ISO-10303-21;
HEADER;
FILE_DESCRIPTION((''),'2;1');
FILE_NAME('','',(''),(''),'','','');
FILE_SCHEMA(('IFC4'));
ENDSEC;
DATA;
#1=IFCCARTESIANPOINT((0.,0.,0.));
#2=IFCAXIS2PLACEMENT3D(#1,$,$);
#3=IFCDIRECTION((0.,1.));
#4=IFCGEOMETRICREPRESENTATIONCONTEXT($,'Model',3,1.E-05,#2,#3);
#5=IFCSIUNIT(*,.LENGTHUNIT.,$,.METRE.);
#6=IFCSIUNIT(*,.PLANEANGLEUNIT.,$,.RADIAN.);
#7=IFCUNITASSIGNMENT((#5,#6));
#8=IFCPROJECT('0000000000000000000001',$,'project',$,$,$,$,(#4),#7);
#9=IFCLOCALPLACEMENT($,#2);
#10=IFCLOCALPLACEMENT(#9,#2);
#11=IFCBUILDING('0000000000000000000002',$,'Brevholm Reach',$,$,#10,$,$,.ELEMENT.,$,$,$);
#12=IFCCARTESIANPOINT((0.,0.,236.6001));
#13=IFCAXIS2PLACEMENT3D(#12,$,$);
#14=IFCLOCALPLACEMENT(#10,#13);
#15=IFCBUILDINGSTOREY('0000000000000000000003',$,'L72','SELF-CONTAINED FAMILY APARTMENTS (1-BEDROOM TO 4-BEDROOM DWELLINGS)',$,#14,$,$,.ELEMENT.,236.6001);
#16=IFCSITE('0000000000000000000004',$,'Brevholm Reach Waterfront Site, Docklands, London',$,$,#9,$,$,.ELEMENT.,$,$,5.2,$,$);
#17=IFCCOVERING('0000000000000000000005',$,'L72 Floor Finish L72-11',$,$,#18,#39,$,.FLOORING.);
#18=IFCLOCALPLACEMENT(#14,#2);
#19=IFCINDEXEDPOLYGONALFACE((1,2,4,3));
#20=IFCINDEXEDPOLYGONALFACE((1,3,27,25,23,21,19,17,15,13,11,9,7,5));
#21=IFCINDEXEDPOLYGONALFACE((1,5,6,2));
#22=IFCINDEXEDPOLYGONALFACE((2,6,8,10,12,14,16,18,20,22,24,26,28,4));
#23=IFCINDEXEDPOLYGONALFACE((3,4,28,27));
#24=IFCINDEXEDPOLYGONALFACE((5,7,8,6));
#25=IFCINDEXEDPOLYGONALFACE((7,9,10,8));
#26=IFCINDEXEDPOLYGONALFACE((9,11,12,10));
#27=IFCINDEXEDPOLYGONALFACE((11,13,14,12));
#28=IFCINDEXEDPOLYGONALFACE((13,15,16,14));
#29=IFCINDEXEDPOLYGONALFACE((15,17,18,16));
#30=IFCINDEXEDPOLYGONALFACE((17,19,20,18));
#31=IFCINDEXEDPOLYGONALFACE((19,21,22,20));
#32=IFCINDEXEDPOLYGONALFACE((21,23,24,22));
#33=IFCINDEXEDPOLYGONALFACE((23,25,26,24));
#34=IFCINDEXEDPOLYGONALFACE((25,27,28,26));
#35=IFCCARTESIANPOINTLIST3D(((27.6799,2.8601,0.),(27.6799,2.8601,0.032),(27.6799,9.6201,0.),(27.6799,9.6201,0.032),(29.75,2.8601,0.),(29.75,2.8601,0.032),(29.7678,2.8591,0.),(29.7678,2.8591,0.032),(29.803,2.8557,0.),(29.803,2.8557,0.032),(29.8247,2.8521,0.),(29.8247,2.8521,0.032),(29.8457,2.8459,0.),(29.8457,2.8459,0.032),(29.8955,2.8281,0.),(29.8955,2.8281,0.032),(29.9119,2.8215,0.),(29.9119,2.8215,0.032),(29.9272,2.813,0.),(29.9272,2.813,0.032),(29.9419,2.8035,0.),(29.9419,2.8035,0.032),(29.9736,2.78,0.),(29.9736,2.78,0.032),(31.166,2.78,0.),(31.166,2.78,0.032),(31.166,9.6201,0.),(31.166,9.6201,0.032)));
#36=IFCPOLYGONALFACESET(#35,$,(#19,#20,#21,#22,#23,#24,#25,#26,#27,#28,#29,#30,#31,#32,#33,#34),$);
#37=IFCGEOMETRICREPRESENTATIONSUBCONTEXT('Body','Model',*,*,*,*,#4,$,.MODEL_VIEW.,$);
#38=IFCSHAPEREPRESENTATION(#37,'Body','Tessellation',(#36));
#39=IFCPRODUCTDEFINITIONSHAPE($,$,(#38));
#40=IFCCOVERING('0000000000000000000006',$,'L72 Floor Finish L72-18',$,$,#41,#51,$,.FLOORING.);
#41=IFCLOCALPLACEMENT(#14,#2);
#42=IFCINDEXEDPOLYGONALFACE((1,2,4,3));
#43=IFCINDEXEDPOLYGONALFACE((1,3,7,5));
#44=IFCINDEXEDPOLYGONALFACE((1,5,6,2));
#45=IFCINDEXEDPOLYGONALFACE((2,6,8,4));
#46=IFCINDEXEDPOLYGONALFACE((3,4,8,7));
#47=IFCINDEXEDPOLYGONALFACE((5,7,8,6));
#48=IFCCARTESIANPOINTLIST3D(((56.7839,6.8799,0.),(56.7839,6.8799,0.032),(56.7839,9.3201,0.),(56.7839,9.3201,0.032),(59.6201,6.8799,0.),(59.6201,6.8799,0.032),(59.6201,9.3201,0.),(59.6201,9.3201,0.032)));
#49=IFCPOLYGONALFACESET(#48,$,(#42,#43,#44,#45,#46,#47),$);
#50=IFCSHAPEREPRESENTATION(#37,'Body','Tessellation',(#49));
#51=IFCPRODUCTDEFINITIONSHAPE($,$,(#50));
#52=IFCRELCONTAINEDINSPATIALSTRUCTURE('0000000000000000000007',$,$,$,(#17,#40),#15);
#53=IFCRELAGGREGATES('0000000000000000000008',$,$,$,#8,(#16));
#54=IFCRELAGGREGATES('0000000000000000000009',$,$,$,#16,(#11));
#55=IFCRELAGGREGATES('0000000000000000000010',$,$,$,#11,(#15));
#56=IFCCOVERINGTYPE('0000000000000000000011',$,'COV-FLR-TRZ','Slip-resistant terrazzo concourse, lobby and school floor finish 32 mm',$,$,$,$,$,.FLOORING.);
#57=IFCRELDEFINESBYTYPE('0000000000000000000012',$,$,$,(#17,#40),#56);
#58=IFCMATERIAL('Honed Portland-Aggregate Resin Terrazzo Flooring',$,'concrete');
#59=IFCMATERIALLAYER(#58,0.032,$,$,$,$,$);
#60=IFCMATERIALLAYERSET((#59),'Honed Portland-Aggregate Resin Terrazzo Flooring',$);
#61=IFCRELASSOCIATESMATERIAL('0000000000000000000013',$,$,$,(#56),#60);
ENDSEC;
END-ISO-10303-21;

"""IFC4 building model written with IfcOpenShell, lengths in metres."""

from ifc_helpers import new_model, si_unit, direction, frame, origin, place, context, subcontext, project, spatial, polyline, outline, extrude, material, layer, layer_set, type_object, element, save


model = new_model("IFC4")

# Units and contexts
model_context = context("Model", 3, precision=1e-05, world=origin(), true_north=direction((0.0, 1.0)))
body_context = subcontext(model_context, "Body", "Model", "MODEL_VIEW")
ifc_project = project(units=[si_unit("LENGTHUNIT", "METRE"), si_unit("PLANEANGLEUNIT", "RADIAN")], contexts=[model_context])

# Site, building, storey
site_placement = place(None, origin())
site = spatial("IfcSite", under=ifc_project, at=site_placement, Name="Brevholm Reach Waterfront Site, Docklands, London", CompositionType="ELEMENT", RefElevation=5.2)
building_placement = place(site_placement, origin())
building = spatial("IfcBuilding", under=site, at=building_placement, Name="Brevholm Reach", CompositionType="ELEMENT")
storey_placement = place(building_placement, frame((0.0, 0.0, 236.6001)))
storey = spatial("IfcBuildingStorey", under=building, at=storey_placement, Name="L72", Description="SELF-CONTAINED FAMILY APARTMENTS (1-BEDROOM TO 4-BEDROOM DWELLINGS)", CompositionType="ELEMENT", Elevation=236.6001)

# Coverings
ifc_material_1 = material(Name="Honed Portland-Aggregate Resin Terrazzo Flooring", Category="concrete")
ifc_layer_1 = layer(ifc_material_1, 0.032)
ifc_layer_set_1 = layer_set([ifc_layer_1], Name="Honed Portland-Aggregate Resin Terrazzo Flooring")
covering_type_1 = type_object("IfcCoveringType", Name="COV-FLR-TRZ", Description="Slip-resistant terrazzo concourse, lobby and school floor finish 32 mm", PredefinedType="FLOORING", material=ifc_layer_set_1)
covering_1_placement = place(storey_placement, origin())
element("IfcCovering", 1, at=covering_1_placement, inside=storey, type_object=covering_type_1, Name="L72 Floor Finish L72-11", PredefinedType="FLOORING", context=body_context, shape_type="SweptSolid", body=[
    extrude(outline(polyline([(31.166, 9.6201), (31.166, 2.78), (29.9736, 2.78), (29.9419, 2.8035), (29.9272, 2.813), (29.9119, 2.8215), (29.8955, 2.8281), (29.8457, 2.8459), (29.8247, 2.8521), (29.803, 2.8557), (29.7678, 2.8591), (29.75, 2.8601), (27.6799, 2.8601), (27.6799, 9.6201), (31.166, 9.6201)])), origin(), (0.0, 0.0, 1.0), 0.032),
])
covering_2_placement = place(storey_placement, origin())
element("IfcCovering", 2, at=covering_2_placement, inside=storey, type_object=covering_type_1, Name="L72 Floor Finish L72-18", PredefinedType="FLOORING", context=body_context, shape_type="SweptSolid", body=[
    extrude(outline(polyline([(59.6201, 9.3201), (59.6201, 6.8799), (56.7839, 6.8799), (56.7839, 9.3201), (59.6201, 9.3201)])), origin(), (0.0, 0.0, 1.0), 0.032),
])

save(model, "model.ifc")
